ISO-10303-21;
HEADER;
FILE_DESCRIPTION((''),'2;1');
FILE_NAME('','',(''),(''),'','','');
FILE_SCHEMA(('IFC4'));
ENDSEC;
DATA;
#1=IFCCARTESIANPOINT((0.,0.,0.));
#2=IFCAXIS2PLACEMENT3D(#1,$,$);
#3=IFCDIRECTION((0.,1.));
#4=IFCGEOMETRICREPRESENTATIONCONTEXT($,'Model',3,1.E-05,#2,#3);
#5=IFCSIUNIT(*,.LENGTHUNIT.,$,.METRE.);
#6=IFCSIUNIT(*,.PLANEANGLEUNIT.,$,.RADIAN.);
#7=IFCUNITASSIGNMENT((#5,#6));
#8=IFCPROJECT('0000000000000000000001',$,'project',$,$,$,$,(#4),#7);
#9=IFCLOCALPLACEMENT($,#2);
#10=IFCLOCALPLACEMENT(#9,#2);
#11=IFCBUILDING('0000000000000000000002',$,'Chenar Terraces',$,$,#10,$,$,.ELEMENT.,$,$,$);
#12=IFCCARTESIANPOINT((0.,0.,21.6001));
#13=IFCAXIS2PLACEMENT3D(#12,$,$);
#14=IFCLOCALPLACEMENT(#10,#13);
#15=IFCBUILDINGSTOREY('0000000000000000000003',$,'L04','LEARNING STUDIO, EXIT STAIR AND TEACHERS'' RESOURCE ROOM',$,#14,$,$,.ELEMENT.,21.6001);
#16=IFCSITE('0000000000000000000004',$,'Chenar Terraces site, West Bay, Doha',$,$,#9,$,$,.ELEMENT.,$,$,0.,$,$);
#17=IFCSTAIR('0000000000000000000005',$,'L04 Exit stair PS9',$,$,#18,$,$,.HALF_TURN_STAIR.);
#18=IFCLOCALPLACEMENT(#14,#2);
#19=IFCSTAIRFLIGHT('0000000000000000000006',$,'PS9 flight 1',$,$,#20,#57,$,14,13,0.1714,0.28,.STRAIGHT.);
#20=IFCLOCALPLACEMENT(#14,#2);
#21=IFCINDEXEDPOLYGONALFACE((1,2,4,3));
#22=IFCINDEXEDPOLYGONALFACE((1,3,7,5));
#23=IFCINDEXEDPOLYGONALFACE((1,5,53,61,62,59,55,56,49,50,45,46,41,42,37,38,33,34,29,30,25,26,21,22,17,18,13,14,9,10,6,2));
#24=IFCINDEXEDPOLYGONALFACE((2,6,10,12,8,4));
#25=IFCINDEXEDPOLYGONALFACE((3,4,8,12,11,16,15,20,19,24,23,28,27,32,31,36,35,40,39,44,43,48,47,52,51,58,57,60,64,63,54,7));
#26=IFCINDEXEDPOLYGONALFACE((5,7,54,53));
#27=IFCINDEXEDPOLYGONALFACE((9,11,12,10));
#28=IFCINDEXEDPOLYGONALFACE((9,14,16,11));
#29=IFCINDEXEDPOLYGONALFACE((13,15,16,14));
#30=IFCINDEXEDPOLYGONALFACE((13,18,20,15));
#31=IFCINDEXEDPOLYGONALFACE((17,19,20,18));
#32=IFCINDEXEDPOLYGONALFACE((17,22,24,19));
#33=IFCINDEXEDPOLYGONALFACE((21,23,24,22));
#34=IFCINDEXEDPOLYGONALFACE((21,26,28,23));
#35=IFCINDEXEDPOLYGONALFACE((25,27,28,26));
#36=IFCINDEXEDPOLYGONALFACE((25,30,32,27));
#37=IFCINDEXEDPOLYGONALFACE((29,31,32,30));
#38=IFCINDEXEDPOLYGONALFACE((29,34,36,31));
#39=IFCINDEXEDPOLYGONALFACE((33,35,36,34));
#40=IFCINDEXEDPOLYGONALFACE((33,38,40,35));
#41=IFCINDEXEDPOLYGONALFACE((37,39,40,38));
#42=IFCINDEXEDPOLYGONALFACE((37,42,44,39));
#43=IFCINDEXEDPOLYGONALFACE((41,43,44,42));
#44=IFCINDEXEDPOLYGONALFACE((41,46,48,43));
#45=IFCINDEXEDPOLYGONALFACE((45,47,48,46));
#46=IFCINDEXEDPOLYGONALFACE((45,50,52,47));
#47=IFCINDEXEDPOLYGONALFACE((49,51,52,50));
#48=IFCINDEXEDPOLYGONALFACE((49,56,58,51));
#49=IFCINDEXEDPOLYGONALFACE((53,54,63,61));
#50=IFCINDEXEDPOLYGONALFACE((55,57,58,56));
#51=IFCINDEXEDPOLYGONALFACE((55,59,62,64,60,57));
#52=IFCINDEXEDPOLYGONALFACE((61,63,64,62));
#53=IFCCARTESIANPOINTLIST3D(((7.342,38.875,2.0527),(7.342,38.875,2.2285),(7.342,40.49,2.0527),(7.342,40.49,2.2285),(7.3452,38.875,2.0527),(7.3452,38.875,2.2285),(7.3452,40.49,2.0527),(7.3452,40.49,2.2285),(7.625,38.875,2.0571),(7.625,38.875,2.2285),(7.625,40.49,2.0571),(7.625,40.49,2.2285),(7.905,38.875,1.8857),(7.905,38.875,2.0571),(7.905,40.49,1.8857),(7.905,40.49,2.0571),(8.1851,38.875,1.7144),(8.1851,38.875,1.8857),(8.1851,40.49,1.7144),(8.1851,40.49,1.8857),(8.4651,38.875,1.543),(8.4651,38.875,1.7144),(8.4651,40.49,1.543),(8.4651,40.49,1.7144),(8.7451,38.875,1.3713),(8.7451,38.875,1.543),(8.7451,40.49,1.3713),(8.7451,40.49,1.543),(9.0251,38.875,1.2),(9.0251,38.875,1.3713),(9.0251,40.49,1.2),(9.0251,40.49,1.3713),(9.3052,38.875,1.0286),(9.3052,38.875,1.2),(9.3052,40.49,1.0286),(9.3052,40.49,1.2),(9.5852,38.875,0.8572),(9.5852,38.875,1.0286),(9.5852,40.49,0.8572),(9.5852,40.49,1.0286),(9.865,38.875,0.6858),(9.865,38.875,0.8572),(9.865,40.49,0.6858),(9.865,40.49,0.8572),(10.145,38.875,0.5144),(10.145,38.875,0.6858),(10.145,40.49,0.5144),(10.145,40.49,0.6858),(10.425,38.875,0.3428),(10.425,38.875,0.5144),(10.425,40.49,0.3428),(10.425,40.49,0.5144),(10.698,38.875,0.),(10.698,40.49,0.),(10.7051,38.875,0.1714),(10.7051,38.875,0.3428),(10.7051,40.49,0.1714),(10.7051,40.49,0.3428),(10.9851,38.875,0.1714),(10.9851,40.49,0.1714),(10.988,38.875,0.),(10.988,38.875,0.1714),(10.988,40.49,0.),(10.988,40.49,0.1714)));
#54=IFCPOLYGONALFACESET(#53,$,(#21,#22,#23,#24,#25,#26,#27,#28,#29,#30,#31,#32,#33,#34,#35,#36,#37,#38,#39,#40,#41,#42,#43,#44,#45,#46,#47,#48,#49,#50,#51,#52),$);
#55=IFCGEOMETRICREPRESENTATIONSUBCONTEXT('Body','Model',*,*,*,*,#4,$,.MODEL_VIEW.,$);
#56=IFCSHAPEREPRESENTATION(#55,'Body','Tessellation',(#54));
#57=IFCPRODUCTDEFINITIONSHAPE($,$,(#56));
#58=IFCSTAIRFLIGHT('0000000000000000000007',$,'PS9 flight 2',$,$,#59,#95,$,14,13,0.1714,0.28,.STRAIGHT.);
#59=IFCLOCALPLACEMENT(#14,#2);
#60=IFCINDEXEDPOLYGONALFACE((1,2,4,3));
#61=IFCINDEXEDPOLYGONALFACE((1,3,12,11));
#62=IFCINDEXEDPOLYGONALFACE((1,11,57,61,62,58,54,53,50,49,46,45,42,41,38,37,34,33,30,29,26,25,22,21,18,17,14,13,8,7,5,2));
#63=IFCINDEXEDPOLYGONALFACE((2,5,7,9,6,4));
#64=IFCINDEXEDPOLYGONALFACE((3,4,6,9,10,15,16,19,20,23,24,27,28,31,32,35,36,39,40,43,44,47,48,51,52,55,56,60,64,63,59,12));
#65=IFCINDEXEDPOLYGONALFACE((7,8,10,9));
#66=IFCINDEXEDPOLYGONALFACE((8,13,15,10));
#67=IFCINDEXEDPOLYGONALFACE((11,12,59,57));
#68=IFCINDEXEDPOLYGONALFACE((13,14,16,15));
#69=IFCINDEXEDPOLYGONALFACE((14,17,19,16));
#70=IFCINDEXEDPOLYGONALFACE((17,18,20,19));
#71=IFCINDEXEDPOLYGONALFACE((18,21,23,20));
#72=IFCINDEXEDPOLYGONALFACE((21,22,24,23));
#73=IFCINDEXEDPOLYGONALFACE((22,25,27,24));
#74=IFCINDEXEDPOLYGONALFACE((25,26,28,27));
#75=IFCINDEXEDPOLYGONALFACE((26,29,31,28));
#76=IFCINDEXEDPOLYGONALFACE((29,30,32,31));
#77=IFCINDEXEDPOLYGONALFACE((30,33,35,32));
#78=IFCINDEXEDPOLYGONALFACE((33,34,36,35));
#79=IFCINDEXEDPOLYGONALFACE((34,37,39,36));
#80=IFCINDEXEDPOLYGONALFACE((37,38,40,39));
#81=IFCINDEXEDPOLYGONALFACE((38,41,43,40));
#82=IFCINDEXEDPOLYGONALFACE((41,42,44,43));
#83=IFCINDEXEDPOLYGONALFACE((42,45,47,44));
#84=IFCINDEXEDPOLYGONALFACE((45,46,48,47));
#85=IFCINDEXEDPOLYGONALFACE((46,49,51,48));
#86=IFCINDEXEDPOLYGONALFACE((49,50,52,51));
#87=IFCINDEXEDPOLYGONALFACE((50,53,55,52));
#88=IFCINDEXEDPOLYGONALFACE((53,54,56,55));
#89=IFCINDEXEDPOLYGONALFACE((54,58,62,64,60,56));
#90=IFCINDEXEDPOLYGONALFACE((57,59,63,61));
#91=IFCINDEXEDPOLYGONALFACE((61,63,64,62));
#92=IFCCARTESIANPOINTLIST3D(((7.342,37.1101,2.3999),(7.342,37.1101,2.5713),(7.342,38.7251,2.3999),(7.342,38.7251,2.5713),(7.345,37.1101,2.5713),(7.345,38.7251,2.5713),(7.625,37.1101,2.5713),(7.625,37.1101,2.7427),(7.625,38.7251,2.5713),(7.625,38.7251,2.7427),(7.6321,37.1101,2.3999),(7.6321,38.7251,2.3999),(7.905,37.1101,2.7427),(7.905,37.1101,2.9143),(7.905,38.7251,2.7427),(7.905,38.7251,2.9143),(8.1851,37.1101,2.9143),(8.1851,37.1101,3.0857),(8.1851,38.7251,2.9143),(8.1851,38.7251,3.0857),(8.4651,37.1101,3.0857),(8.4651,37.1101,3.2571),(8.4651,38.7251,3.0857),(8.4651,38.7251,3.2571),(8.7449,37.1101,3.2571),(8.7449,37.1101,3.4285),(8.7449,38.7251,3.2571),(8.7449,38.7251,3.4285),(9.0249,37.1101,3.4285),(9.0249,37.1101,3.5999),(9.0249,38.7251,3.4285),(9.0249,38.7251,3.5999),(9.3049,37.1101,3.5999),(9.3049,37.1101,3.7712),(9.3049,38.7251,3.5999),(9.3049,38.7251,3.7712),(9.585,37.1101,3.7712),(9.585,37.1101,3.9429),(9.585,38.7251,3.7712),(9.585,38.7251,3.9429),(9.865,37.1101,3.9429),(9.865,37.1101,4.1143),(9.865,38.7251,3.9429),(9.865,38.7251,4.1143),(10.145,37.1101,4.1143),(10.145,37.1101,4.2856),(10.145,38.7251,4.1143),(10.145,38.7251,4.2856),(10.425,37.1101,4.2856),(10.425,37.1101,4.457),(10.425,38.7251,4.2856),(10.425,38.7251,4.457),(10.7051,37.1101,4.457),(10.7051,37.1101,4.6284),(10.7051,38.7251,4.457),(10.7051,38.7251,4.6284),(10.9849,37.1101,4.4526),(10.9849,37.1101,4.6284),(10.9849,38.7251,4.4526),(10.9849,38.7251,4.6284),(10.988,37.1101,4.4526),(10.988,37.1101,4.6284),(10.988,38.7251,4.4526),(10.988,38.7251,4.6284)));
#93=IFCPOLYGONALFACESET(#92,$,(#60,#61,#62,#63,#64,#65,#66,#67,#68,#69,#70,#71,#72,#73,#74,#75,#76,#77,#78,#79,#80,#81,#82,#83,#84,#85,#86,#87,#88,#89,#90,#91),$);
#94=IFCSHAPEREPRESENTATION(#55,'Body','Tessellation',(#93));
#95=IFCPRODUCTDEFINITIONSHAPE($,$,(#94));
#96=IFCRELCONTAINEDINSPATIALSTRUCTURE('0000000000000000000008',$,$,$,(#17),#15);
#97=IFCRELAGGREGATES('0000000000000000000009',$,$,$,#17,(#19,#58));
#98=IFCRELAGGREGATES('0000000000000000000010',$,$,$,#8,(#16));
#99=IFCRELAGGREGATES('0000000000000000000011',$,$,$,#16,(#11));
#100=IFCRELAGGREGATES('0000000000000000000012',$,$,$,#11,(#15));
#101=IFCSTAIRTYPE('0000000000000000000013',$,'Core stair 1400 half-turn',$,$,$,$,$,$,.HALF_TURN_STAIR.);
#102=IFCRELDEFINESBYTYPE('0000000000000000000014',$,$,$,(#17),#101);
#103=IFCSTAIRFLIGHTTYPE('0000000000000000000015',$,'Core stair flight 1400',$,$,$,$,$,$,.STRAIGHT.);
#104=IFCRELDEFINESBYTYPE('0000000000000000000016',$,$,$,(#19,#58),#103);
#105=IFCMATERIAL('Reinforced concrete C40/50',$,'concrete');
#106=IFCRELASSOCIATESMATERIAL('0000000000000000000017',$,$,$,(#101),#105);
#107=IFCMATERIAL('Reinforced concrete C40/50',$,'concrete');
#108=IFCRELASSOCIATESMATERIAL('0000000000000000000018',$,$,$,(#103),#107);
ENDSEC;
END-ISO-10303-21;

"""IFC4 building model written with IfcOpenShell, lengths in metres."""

from ifc_helpers import new_model, si_unit, direction, frame, origin, place, context, subcontext, project, spatial, polyline, outline, extrude, material, type_object, element, aggregate, save


model = new_model("IFC4")

# Units and contexts
model_context = context("Model", 3, precision=1e-05, world=origin(), true_north=direction((0.0, 1.0)))
body_context = subcontext(model_context, "Body", "Model", "MODEL_VIEW")
ifc_project = project(units=[si_unit("LENGTHUNIT", "METRE"), si_unit("PLANEANGLEUNIT", "RADIAN")], contexts=[model_context])

# Site, building, storey
site_placement = place(None, origin())
site = spatial("IfcSite", under=ifc_project, at=site_placement, Name="Chenar Terraces site, West Bay, Doha", CompositionType="ELEMENT", RefElevation=0.0)
building_placement = place(site_placement, origin())
building = spatial("IfcBuilding", under=site, at=building_placement, Name="Chenar Terraces", CompositionType="ELEMENT")
storey_placement = place(building_placement, frame((0.0, 0.0, 21.6001)))
storey = spatial("IfcBuildingStorey", under=building, at=storey_placement, Name="L04", Description="LEARNING STUDIO, EXIT STAIR AND TEACHERS' RESOURCE ROOM", CompositionType="ELEMENT", Elevation=21.6001)

# Stair, stair flights
ifc_material_1 = material(Name="Reinforced concrete C40/50", Category="concrete")
stair_type = type_object("IfcStairType", Name="Core stair 1400 half-turn", PredefinedType="HALF_TURN_STAIR", material=ifc_material_1)
placement = place(storey_placement, origin())
ifc_material_2 = material(Name="Reinforced concrete C40/50", Category="concrete")
stair_flight_type = type_object("IfcStairFlightType", Name="Core stair flight 1400", PredefinedType="STRAIGHT", material=ifc_material_2)
stair_1 = element("IfcStair", 1, at=placement, inside=storey, type_object=stair_type, Name="L04 Exit stair PS9", PredefinedType="HALF_TURN_STAIR")
stair_flight_1_placement = place(storey_placement, frame((10.9851, 39.6826, 0.0), z_axis=(0.0, 0.0, 1.0), x_axis=(-1.0, 0.0, 0.0)))
stair_flight_1 = element("IfcStairFlight", 2, at=stair_flight_1_placement, type_object=stair_flight_type, Name="PS9 flight 1", NumberOfRisers=14, NumberOfTreads=13, PredefinedType="STRAIGHT", RiserHeight=0.1714, TreadLength=0.28, context=body_context, shape_type="SweptSolid", body=[
    extrude(outline(polyline([(-0.0029, 0.0), (-0.0029, 0.1714), (0.0, 0.1714), (0.28, 0.1714), (0.28, 0.3428), (0.5601, 0.3428), (0.5601, 0.5144), (0.8401, 0.5144), (0.8401, 0.6858), (1.1201, 0.6858), (1.1201, 0.8572), (1.3999, 0.8572), (1.3999, 1.0286), (1.6799, 1.0286), (1.6799, 1.2), (1.96, 1.2), (1.96, 1.3713), (2.24, 1.3713), (2.24, 1.543), (2.52, 1.543), (2.52, 1.7144), (2.8, 1.7144), (2.8, 1.8857), (3.0801, 1.8857), (3.0801, 2.0571), (3.3601, 2.0571), (3.3601, 2.2285), (3.6399, 2.2285), (3.6431, 2.2285), (3.6431, 2.0527), (3.6399, 2.0527), (0.2871, 0.0), (-0.0029, 0.0)])), frame((0.0, 0.8076, 0.0), z_axis=(0.0, -1.0, 0.0), x_axis=(1.0, 0.0, 0.0)), (0.0, 0.0, 1.0), 1.615),
])
stair_flight_2_placement = place(storey_placement, frame((7.345, 37.9175, 2.3999), z_axis=(0.0, 0.0, 1.0), x_axis=(1.0, 0.0, 0.0)))
stair_flight_2 = element("IfcStairFlight", 3, at=stair_flight_2_placement, type_object=stair_flight_type, Name="PS9 flight 2", NumberOfRisers=14, NumberOfTreads=13, PredefinedType="STRAIGHT", RiserHeight=0.1714, TreadLength=0.28, context=body_context, shape_type="SweptSolid", body=[
    extrude(outline(polyline([(-0.0029, 0.0), (-0.0029, 0.1714), (0.0, 0.1714), (0.28, 0.1714), (0.28, 0.3428), (0.5601, 0.3428), (0.5601, 0.5144), (0.8401, 0.5144), (0.8401, 0.6858), (1.1201, 0.6858), (1.1201, 0.8572), (1.3999, 0.8572), (1.3999, 1.0286), (1.6799, 1.0286), (1.6799, 1.2), (1.96, 1.2), (1.96, 1.3713), (2.24, 1.3713), (2.24, 1.543), (2.52, 1.543), (2.52, 1.7144), (2.8, 1.7144), (2.8, 1.8857), (3.0801, 1.8857), (3.0801, 2.0571), (3.3601, 2.0571), (3.3601, 2.2285), (3.6399, 2.2285), (3.6431, 2.2285), (3.6431, 2.0527), (3.6399, 2.0527), (0.2871, 0.0), (-0.0029, 0.0)])), frame((0.0, 0.8076, 0.0), z_axis=(0.0, -1.0, 0.0), x_axis=(1.0, 0.0, 0.0)), (0.0, 0.0, 1.0), 1.615),
])
aggregate(stair_1, [stair_flight_1, stair_flight_2])

save(model, "model.ifc")
